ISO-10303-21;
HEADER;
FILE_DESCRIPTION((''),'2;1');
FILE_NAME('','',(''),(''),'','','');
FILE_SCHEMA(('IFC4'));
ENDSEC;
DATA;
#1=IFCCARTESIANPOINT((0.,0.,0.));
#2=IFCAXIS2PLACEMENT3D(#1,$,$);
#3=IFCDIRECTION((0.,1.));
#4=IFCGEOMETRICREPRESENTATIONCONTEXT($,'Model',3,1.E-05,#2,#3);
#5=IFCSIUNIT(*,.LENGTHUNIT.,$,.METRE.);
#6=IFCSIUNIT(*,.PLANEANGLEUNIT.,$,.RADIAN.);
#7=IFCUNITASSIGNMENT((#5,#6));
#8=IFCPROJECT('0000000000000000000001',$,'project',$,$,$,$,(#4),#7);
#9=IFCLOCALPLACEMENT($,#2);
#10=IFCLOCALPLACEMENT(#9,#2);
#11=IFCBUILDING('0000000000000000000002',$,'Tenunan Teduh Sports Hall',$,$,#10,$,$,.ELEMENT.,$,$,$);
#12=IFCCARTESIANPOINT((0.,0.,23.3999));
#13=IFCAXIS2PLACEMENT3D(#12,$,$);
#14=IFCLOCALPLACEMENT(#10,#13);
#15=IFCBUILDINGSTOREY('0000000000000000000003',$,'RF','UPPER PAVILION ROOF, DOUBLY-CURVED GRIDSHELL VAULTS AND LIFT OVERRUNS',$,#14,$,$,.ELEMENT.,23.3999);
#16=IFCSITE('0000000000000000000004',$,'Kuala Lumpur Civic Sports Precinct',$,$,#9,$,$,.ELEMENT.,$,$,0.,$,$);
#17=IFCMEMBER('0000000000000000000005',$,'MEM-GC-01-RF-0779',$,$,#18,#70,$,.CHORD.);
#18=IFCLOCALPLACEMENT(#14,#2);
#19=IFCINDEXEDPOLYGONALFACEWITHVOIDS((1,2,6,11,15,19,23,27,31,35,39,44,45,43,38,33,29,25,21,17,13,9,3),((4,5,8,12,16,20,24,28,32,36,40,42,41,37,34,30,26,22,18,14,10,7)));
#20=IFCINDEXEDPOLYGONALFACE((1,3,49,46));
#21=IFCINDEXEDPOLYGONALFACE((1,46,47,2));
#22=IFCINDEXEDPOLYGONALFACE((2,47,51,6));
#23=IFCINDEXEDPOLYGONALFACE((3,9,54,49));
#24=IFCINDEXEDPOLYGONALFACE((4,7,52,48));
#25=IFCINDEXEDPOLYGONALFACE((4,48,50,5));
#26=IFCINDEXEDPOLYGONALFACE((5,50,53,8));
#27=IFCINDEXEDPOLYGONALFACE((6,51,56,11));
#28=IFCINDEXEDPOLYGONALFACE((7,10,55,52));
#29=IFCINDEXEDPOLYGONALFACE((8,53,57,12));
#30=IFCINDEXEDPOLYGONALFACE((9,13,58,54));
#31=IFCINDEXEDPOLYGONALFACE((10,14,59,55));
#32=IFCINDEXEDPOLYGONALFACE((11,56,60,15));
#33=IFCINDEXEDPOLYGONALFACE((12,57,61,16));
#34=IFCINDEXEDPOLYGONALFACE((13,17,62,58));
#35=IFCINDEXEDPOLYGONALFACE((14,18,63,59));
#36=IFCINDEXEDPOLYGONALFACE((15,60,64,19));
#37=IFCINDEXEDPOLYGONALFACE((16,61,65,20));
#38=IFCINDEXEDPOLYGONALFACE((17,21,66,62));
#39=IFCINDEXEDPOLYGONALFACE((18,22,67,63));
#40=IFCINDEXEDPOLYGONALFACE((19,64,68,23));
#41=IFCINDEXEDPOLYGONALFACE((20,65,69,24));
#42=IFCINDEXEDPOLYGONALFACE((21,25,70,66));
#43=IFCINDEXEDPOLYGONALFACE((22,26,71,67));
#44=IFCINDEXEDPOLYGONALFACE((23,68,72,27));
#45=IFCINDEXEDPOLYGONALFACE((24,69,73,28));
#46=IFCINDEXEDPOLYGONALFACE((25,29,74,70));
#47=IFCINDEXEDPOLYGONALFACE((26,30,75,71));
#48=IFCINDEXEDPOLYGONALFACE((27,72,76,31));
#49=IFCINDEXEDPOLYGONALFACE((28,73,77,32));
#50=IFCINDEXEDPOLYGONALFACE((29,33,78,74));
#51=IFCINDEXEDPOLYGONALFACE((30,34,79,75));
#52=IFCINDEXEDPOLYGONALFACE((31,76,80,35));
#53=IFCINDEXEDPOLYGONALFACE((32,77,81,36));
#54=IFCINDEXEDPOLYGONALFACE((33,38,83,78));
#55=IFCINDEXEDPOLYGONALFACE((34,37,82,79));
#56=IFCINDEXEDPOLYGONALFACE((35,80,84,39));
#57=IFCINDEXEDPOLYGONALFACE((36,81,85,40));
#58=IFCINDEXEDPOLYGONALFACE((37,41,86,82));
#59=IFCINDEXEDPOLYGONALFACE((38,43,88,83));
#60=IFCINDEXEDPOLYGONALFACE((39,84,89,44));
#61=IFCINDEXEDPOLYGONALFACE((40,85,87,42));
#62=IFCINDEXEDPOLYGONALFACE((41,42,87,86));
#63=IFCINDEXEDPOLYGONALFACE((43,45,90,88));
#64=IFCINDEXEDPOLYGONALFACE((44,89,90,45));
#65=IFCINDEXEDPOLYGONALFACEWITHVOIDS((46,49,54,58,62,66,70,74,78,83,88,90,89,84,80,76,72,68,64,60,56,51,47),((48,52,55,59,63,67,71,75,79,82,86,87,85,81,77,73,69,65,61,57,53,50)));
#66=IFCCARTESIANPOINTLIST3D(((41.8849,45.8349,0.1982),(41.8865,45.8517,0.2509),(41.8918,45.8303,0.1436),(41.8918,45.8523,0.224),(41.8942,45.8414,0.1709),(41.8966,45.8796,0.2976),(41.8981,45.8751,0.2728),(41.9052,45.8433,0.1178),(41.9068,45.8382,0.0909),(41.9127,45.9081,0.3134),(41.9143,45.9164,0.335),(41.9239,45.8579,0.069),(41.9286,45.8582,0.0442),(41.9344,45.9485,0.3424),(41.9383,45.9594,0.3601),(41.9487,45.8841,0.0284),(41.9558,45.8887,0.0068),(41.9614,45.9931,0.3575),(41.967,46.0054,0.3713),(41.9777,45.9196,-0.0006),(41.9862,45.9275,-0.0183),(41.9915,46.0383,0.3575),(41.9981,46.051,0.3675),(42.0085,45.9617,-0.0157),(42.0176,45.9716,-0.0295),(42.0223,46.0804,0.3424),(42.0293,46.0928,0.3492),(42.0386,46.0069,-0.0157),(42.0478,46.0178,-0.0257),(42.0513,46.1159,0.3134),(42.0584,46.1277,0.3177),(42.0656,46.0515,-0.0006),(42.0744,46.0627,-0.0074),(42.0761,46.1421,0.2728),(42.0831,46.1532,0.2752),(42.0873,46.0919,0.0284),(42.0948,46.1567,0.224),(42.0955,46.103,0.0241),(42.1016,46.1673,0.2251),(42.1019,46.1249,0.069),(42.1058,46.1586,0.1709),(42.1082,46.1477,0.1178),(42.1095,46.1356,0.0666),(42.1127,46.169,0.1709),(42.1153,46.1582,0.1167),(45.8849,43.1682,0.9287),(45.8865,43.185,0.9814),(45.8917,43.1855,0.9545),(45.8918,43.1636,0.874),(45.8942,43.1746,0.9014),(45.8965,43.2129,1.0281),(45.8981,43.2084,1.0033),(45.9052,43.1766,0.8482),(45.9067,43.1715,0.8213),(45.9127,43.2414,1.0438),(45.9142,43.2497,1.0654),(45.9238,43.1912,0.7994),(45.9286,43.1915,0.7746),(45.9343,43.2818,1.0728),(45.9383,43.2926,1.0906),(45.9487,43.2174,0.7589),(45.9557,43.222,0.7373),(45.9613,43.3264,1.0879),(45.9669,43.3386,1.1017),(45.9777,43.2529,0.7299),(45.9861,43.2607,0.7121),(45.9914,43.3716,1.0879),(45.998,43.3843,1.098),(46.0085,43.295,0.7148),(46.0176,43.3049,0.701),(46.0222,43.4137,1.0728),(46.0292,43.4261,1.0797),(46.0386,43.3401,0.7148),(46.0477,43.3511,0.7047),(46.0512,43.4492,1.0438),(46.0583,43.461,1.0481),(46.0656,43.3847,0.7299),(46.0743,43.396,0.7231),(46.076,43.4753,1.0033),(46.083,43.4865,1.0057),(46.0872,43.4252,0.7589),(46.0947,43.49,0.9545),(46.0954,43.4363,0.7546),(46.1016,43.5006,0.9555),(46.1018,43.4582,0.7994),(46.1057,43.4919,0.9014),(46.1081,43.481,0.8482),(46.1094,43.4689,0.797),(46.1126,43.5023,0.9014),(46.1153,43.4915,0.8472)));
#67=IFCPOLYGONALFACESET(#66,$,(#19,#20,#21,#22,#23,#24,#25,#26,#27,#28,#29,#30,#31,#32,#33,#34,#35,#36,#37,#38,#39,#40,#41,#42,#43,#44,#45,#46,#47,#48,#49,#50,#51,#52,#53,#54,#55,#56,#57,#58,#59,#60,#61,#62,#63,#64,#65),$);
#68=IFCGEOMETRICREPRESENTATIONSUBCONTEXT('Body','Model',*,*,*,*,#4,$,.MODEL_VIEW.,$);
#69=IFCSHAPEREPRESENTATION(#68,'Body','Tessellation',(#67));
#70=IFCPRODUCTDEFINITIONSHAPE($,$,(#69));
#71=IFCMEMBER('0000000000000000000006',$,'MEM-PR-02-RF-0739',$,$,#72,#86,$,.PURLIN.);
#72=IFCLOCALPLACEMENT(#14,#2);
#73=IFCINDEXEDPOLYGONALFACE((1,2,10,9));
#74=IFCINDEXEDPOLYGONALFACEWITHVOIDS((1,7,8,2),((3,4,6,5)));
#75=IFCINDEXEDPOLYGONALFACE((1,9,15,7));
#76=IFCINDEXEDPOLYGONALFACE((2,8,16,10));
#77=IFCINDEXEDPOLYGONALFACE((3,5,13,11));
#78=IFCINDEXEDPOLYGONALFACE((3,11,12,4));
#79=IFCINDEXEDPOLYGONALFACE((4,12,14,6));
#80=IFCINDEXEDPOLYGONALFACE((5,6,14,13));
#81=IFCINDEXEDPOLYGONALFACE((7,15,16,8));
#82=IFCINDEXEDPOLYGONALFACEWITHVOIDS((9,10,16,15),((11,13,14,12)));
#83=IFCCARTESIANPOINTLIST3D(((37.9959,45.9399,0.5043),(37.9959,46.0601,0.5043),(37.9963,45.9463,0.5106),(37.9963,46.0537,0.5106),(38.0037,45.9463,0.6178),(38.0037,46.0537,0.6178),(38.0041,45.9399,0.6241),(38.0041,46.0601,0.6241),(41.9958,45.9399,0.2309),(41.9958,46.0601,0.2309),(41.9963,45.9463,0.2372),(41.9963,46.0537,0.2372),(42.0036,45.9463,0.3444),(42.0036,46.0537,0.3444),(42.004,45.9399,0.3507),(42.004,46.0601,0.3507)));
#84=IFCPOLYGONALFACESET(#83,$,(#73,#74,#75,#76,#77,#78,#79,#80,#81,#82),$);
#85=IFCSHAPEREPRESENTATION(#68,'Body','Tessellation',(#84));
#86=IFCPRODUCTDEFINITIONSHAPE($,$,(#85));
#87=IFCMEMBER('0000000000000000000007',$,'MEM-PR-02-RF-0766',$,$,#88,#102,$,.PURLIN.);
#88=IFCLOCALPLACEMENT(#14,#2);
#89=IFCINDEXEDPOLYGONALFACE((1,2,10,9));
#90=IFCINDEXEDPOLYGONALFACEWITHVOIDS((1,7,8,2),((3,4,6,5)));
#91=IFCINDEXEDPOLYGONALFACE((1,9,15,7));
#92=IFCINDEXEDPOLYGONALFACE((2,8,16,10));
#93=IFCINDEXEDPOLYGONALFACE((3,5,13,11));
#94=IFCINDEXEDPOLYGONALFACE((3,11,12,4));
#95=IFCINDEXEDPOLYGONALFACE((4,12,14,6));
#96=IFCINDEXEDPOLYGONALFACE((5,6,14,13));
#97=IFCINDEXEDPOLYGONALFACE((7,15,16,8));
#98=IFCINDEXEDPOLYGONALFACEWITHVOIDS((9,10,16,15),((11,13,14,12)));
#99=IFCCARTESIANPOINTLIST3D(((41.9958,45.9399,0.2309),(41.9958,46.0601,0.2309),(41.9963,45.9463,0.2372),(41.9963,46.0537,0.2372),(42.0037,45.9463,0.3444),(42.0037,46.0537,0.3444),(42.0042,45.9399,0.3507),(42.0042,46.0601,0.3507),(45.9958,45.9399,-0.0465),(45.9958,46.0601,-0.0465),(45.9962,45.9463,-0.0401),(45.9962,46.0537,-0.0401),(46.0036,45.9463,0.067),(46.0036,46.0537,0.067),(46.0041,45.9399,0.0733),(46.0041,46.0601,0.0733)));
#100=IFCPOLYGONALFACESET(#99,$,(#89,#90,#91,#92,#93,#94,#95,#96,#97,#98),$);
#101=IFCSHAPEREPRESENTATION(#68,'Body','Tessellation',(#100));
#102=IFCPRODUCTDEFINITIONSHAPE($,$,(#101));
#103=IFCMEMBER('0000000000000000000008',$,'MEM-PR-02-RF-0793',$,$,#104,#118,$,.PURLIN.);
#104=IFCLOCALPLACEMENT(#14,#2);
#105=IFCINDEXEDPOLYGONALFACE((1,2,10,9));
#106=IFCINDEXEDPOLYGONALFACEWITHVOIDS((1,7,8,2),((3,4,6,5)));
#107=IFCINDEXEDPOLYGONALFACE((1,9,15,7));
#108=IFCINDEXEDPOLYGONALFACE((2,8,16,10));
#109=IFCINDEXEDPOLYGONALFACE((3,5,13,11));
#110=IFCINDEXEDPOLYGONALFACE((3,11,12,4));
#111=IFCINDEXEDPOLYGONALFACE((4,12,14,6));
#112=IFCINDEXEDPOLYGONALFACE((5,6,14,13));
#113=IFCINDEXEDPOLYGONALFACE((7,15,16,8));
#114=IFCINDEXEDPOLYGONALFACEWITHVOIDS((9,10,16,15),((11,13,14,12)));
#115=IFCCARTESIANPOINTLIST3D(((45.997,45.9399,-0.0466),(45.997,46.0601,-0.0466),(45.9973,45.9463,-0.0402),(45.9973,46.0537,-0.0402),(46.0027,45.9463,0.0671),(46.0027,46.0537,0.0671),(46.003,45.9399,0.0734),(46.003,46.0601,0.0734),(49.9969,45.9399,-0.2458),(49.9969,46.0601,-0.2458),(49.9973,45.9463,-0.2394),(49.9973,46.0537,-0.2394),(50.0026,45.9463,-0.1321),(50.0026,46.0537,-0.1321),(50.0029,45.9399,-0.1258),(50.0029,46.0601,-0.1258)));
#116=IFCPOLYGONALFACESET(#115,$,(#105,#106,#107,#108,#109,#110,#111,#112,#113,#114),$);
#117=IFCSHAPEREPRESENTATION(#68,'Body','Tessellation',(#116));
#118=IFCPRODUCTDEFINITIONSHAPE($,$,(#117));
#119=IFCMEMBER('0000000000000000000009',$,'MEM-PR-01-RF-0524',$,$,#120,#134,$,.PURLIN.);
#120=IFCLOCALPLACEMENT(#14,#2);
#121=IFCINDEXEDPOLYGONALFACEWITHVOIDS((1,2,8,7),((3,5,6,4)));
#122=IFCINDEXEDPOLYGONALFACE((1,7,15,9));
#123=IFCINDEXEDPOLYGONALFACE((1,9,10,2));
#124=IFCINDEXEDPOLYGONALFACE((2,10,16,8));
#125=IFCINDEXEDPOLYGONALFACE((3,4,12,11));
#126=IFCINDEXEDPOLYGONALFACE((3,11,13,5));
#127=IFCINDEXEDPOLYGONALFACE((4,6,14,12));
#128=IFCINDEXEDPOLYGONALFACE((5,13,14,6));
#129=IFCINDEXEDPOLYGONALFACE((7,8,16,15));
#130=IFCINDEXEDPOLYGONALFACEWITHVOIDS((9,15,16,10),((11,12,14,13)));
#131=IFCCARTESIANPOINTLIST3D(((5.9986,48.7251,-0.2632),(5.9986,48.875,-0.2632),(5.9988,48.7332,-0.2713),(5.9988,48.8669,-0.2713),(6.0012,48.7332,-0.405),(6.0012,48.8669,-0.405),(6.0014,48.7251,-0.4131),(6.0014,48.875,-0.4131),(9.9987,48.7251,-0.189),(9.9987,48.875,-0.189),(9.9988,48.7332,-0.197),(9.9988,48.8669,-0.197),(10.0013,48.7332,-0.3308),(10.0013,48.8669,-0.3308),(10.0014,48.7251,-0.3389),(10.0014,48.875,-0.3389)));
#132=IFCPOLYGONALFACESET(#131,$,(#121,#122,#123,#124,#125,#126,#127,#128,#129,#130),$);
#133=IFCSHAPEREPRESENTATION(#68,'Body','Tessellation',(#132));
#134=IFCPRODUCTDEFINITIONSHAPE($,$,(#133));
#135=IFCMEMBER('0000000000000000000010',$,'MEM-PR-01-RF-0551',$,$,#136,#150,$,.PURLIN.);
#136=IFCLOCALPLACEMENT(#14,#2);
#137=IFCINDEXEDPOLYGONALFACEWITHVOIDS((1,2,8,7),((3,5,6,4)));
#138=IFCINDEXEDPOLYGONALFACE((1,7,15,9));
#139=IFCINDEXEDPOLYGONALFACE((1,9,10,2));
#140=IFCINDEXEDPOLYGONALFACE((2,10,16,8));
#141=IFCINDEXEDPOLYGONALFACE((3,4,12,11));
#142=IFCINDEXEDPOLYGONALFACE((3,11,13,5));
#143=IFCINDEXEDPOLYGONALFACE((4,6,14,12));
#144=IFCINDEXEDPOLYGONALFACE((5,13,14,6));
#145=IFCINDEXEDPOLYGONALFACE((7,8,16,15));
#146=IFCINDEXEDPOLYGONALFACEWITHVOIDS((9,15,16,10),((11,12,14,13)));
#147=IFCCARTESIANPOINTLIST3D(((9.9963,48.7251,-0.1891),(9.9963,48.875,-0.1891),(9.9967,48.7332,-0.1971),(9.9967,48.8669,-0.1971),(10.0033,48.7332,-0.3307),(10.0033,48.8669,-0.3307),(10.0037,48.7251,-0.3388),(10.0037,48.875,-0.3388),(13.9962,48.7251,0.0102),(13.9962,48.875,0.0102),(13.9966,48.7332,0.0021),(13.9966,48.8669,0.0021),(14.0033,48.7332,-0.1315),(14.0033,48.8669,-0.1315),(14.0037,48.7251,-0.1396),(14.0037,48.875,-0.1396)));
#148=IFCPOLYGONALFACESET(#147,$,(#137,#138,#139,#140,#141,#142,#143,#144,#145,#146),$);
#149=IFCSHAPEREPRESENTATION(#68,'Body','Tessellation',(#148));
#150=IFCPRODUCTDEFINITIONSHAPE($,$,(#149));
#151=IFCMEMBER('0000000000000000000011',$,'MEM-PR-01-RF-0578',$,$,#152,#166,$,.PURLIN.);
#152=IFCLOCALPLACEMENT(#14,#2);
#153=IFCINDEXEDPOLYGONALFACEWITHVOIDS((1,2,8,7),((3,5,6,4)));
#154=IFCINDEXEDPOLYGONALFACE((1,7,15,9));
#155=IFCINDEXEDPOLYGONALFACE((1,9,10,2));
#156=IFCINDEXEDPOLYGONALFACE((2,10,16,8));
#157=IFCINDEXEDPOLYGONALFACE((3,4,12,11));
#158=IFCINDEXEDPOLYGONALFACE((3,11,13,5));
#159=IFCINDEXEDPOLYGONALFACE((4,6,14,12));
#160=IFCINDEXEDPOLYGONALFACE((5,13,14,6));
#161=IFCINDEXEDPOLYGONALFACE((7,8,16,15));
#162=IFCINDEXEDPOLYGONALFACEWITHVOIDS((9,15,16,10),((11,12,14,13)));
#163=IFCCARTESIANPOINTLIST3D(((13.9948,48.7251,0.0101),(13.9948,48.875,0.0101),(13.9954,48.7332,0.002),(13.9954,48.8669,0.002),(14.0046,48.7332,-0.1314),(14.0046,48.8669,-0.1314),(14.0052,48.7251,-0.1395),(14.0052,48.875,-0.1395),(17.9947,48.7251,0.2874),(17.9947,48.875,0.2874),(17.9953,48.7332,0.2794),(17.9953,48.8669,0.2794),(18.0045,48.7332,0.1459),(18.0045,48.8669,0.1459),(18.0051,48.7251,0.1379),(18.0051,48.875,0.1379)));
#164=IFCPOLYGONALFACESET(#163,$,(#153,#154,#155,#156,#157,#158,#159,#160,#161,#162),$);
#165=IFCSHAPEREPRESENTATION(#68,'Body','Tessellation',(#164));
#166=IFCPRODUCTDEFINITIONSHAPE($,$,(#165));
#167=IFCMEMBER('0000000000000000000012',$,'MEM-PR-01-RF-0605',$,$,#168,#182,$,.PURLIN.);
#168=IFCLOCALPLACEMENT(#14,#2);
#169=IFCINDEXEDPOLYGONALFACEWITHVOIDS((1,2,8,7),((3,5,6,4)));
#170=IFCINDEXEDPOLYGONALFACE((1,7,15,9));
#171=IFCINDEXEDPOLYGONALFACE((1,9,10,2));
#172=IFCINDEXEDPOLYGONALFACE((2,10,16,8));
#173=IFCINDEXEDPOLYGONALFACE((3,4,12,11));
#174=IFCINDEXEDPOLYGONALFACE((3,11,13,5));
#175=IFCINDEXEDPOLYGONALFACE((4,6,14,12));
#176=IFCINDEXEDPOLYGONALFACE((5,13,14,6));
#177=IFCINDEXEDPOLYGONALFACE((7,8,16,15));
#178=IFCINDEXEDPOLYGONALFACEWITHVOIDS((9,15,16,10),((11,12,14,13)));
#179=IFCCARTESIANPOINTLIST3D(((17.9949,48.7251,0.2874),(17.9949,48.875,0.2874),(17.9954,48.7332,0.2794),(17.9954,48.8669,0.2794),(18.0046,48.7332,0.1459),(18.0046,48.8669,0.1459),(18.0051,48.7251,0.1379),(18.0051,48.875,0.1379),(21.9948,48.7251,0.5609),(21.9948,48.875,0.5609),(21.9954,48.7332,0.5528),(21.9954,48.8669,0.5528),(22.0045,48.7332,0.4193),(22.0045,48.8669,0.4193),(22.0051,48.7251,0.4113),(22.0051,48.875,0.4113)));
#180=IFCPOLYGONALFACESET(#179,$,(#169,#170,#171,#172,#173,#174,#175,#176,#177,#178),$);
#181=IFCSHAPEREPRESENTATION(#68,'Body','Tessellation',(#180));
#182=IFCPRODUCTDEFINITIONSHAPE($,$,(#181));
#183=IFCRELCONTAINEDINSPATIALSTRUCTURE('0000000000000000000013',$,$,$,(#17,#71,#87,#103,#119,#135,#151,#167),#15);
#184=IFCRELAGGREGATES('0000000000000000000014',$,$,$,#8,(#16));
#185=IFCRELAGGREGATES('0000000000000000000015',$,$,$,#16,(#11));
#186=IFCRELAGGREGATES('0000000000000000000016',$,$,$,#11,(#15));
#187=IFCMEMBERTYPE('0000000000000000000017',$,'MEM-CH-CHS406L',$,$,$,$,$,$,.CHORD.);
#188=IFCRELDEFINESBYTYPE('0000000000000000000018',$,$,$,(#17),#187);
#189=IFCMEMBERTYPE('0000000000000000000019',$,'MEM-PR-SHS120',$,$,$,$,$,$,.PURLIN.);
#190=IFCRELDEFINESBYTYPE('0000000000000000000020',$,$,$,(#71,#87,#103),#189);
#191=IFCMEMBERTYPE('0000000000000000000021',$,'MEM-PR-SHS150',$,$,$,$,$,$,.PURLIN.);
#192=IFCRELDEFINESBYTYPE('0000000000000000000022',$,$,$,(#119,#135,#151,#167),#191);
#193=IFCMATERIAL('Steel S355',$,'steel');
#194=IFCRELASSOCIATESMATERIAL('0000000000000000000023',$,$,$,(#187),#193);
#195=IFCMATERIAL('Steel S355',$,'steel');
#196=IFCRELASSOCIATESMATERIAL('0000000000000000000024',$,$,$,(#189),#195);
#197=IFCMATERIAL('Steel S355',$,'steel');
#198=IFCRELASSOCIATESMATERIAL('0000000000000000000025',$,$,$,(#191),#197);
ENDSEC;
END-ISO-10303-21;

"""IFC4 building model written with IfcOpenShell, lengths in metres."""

from ifc_helpers import new_model, si_unit, direction, frame, origin, origin_2d, place, context, subcontext, project, spatial, hollow_rectangle, hollow_circle, extrude, material, material_profile, profile_set, type_object, element, save


model = new_model("IFC4")

# Units and contexts
model_context = context("Model", 3, precision=1e-05, world=origin(), true_north=direction((0.0, 1.0)))
body_context = subcontext(model_context, "Body", "Model", "MODEL_VIEW")
ifc_project = project(units=[si_unit("LENGTHUNIT", "METRE"), si_unit("PLANEANGLEUNIT", "RADIAN")], contexts=[model_context])

# Site, building, storey
site_placement = place(None, origin())
site = spatial("IfcSite", under=ifc_project, at=site_placement, Name="Kuala Lumpur Civic Sports Precinct", CompositionType="ELEMENT", RefElevation=0.0)
building_placement = place(site_placement, origin())
building = spatial("IfcBuilding", under=site, at=building_placement, Name="Tenunan Teduh Sports Hall", CompositionType="ELEMENT")
storey_placement = place(building_placement, frame((0.0, 0.0, 23.3999)))
storey = spatial("IfcBuildingStorey", under=building, at=storey_placement, Name="RF", Description="UPPER PAVILION ROOF, DOUBLY-CURVED GRIDSHELL VAULTS AND LIFT OVERRUNS", CompositionType="ELEMENT", Elevation=23.3999)

# Members
ifc_material_1 = material(Name="Steel S355", Category="steel")
ifc_material_profile_1 = material_profile(ifc_material_1, hollow_circle(Radius=0.2031, WallThickness=0.0125, at=origin_2d()), Name="CHS 406.4x12.5")
ifc_profile_set_1 = profile_set([ifc_material_profile_1], Name="Steel S355")
member_type_1 = type_object("IfcMemberType", Name="MEM-CH-CHS406L", PredefinedType="CHORD", material=ifc_profile_set_1)
member_1_placement = place(storey_placement, frame((42.0, 46.0, 0.1709), z_axis=(0.822601, -0.548417, 0.150221), x_axis=(0.554712, 0.832042, 0.0)))
element("IfcMember", 1, at=member_1_placement, inside=storey, type_object=member_type_1, Name="MEM-GC-01-RF-0779", PredefinedType="CHORD", context=body_context, shape_type="SweptSolid", body=[
    extrude(hollow_circle(Radius=0.2031, WallThickness=0.0125, at=origin_2d()), origin(), (0.0, 0.0, 1.0), 4.8625),
])
ifc_material_2 = material(Name="Steel S355", Category="steel")
ifc_material_profile_2 = material_profile(ifc_material_2, hollow_rectangle(XDim=0.1201, YDim=0.1201, WallThickness=0.0063, at=origin_2d()), Name="SHS 120x120x6.3")
ifc_profile_set_2 = profile_set([ifc_material_profile_2], Name="Steel S355")
member_type_2 = type_object("IfcMemberType", Name="MEM-PR-SHS120", PredefinedType="PURLIN", material=ifc_profile_set_2)
member_2_placement = place(storey_placement, frame((38.0, 46.0, 0.5642), z_axis=(0.997672, 0.0, -0.0682), x_axis=(0.0, 1.0, 0.0)))
element("IfcMember", 2, at=member_2_placement, inside=storey, type_object=member_type_2, Name="MEM-PR-02-RF-0739", PredefinedType="PURLIN", context=body_context, shape_type="SweptSolid", body=[
    extrude(hollow_rectangle(XDim=0.1201, YDim=0.1201, WallThickness=0.0063, at=origin_2d()), origin(), (0.0, 0.0, 1.0), 4.0093),
])
member_3_placement = place(storey_placement, frame((42.0, 46.0, 0.2908), z_axis=(0.997605, 0.0, -0.06917), x_axis=(0.0, 1.0, 0.0)))
element("IfcMember", 3, at=member_3_placement, inside=storey, type_object=member_type_2, Name="MEM-PR-02-RF-0766", PredefinedType="PURLIN", context=body_context, shape_type="SweptSolid", body=[
    extrude(hollow_rectangle(XDim=0.1201, YDim=0.1201, WallThickness=0.0063, at=origin_2d()), origin(), (0.0, 0.0, 1.0), 4.0095),
])
member_4_placement = place(storey_placement, frame((46.0, 46.0, 0.0134), z_axis=(0.998762, 0.0, -0.049743), x_axis=(0.0, 1.0, 0.0)))
element("IfcMember", 4, at=member_4_placement, inside=storey, type_object=member_type_2, Name="MEM-PR-02-RF-0793", PredefinedType="PURLIN", context=body_context, shape_type="SweptSolid", body=[
    extrude(hollow_rectangle(XDim=0.1201, YDim=0.1201, WallThickness=0.0063, at=origin_2d()), origin(), (0.0, 0.0, 1.0), 4.0049),
])
ifc_material_3 = material(Name="Steel S355", Category="steel")
ifc_material_profile_3 = material_profile(ifc_material_3, hollow_rectangle(XDim=0.1499, YDim=0.1499, WallThickness=0.0081, at=origin_2d()), Name="SHS 150x150x8.0")
ifc_profile_set_3 = profile_set([ifc_material_profile_3], Name="Steel S355")
member_type_3 = type_object("IfcMemberType", Name="MEM-PR-SHS150", PredefinedType="PURLIN", material=ifc_profile_set_3)
member_5_placement = place(storey_placement, frame((6.0, 48.8, -0.3381), z_axis=(0.999828, 0.0, 0.018551), x_axis=(0.0, 1.0, 0.0)))
element("IfcMember", 5, at=member_5_placement, inside=storey, type_object=member_type_3, Name="MEM-PR-01-RF-0524", PredefinedType="PURLIN", context=body_context, shape_type="SweptSolid", body=[
    extrude(hollow_rectangle(XDim=0.1499, YDim=0.1499, WallThickness=0.0081, at=origin_2d()), origin(), (0.0, 0.0, 1.0), 4.0007),
])
member_6_placement = place(storey_placement, frame((10.0, 48.8, -0.2639), z_axis=(0.998762, 0.0, 0.049743), x_axis=(0.0, 1.0, 0.0)))
element("IfcMember", 6, at=member_6_placement, inside=storey, type_object=member_type_3, Name="MEM-PR-01-RF-0551", PredefinedType="PURLIN", context=body_context, shape_type="SweptSolid", body=[
    extrude(hollow_rectangle(XDim=0.1499, YDim=0.1499, WallThickness=0.0081, at=origin_2d()), origin(), (0.0, 0.0, 1.0), 4.0049),
])
member_7_placement = place(storey_placement, frame((14.0, 48.8, -0.0647), z_axis=(0.997605, 0.0, 0.06917), x_axis=(0.0, 1.0, 0.0)))
element("IfcMember", 7, at=member_7_placement, inside=storey, type_object=member_type_3, Name="MEM-PR-01-RF-0578", PredefinedType="PURLIN", context=body_context, shape_type="SweptSolid", body=[
    extrude(hollow_rectangle(XDim=0.1499, YDim=0.1499, WallThickness=0.0081, at=origin_2d()), origin(), (0.0, 0.0, 1.0), 4.0095),
])
member_8_placement = place(storey_placement, frame((18.0, 48.8, 0.2126), z_axis=(0.997672, 0.0, 0.0682), x_axis=(0.0, 1.0, 0.0)))
element("IfcMember", 8, at=member_8_placement, inside=storey, type_object=member_type_3, Name="MEM-PR-01-RF-0605", PredefinedType="PURLIN", context=body_context, shape_type="SweptSolid", body=[
    extrude(hollow_rectangle(XDim=0.1499, YDim=0.1499, WallThickness=0.0081, at=origin_2d()), origin(), (0.0, 0.0, 1.0), 4.0093),
])

save(model, "model.ifc")
